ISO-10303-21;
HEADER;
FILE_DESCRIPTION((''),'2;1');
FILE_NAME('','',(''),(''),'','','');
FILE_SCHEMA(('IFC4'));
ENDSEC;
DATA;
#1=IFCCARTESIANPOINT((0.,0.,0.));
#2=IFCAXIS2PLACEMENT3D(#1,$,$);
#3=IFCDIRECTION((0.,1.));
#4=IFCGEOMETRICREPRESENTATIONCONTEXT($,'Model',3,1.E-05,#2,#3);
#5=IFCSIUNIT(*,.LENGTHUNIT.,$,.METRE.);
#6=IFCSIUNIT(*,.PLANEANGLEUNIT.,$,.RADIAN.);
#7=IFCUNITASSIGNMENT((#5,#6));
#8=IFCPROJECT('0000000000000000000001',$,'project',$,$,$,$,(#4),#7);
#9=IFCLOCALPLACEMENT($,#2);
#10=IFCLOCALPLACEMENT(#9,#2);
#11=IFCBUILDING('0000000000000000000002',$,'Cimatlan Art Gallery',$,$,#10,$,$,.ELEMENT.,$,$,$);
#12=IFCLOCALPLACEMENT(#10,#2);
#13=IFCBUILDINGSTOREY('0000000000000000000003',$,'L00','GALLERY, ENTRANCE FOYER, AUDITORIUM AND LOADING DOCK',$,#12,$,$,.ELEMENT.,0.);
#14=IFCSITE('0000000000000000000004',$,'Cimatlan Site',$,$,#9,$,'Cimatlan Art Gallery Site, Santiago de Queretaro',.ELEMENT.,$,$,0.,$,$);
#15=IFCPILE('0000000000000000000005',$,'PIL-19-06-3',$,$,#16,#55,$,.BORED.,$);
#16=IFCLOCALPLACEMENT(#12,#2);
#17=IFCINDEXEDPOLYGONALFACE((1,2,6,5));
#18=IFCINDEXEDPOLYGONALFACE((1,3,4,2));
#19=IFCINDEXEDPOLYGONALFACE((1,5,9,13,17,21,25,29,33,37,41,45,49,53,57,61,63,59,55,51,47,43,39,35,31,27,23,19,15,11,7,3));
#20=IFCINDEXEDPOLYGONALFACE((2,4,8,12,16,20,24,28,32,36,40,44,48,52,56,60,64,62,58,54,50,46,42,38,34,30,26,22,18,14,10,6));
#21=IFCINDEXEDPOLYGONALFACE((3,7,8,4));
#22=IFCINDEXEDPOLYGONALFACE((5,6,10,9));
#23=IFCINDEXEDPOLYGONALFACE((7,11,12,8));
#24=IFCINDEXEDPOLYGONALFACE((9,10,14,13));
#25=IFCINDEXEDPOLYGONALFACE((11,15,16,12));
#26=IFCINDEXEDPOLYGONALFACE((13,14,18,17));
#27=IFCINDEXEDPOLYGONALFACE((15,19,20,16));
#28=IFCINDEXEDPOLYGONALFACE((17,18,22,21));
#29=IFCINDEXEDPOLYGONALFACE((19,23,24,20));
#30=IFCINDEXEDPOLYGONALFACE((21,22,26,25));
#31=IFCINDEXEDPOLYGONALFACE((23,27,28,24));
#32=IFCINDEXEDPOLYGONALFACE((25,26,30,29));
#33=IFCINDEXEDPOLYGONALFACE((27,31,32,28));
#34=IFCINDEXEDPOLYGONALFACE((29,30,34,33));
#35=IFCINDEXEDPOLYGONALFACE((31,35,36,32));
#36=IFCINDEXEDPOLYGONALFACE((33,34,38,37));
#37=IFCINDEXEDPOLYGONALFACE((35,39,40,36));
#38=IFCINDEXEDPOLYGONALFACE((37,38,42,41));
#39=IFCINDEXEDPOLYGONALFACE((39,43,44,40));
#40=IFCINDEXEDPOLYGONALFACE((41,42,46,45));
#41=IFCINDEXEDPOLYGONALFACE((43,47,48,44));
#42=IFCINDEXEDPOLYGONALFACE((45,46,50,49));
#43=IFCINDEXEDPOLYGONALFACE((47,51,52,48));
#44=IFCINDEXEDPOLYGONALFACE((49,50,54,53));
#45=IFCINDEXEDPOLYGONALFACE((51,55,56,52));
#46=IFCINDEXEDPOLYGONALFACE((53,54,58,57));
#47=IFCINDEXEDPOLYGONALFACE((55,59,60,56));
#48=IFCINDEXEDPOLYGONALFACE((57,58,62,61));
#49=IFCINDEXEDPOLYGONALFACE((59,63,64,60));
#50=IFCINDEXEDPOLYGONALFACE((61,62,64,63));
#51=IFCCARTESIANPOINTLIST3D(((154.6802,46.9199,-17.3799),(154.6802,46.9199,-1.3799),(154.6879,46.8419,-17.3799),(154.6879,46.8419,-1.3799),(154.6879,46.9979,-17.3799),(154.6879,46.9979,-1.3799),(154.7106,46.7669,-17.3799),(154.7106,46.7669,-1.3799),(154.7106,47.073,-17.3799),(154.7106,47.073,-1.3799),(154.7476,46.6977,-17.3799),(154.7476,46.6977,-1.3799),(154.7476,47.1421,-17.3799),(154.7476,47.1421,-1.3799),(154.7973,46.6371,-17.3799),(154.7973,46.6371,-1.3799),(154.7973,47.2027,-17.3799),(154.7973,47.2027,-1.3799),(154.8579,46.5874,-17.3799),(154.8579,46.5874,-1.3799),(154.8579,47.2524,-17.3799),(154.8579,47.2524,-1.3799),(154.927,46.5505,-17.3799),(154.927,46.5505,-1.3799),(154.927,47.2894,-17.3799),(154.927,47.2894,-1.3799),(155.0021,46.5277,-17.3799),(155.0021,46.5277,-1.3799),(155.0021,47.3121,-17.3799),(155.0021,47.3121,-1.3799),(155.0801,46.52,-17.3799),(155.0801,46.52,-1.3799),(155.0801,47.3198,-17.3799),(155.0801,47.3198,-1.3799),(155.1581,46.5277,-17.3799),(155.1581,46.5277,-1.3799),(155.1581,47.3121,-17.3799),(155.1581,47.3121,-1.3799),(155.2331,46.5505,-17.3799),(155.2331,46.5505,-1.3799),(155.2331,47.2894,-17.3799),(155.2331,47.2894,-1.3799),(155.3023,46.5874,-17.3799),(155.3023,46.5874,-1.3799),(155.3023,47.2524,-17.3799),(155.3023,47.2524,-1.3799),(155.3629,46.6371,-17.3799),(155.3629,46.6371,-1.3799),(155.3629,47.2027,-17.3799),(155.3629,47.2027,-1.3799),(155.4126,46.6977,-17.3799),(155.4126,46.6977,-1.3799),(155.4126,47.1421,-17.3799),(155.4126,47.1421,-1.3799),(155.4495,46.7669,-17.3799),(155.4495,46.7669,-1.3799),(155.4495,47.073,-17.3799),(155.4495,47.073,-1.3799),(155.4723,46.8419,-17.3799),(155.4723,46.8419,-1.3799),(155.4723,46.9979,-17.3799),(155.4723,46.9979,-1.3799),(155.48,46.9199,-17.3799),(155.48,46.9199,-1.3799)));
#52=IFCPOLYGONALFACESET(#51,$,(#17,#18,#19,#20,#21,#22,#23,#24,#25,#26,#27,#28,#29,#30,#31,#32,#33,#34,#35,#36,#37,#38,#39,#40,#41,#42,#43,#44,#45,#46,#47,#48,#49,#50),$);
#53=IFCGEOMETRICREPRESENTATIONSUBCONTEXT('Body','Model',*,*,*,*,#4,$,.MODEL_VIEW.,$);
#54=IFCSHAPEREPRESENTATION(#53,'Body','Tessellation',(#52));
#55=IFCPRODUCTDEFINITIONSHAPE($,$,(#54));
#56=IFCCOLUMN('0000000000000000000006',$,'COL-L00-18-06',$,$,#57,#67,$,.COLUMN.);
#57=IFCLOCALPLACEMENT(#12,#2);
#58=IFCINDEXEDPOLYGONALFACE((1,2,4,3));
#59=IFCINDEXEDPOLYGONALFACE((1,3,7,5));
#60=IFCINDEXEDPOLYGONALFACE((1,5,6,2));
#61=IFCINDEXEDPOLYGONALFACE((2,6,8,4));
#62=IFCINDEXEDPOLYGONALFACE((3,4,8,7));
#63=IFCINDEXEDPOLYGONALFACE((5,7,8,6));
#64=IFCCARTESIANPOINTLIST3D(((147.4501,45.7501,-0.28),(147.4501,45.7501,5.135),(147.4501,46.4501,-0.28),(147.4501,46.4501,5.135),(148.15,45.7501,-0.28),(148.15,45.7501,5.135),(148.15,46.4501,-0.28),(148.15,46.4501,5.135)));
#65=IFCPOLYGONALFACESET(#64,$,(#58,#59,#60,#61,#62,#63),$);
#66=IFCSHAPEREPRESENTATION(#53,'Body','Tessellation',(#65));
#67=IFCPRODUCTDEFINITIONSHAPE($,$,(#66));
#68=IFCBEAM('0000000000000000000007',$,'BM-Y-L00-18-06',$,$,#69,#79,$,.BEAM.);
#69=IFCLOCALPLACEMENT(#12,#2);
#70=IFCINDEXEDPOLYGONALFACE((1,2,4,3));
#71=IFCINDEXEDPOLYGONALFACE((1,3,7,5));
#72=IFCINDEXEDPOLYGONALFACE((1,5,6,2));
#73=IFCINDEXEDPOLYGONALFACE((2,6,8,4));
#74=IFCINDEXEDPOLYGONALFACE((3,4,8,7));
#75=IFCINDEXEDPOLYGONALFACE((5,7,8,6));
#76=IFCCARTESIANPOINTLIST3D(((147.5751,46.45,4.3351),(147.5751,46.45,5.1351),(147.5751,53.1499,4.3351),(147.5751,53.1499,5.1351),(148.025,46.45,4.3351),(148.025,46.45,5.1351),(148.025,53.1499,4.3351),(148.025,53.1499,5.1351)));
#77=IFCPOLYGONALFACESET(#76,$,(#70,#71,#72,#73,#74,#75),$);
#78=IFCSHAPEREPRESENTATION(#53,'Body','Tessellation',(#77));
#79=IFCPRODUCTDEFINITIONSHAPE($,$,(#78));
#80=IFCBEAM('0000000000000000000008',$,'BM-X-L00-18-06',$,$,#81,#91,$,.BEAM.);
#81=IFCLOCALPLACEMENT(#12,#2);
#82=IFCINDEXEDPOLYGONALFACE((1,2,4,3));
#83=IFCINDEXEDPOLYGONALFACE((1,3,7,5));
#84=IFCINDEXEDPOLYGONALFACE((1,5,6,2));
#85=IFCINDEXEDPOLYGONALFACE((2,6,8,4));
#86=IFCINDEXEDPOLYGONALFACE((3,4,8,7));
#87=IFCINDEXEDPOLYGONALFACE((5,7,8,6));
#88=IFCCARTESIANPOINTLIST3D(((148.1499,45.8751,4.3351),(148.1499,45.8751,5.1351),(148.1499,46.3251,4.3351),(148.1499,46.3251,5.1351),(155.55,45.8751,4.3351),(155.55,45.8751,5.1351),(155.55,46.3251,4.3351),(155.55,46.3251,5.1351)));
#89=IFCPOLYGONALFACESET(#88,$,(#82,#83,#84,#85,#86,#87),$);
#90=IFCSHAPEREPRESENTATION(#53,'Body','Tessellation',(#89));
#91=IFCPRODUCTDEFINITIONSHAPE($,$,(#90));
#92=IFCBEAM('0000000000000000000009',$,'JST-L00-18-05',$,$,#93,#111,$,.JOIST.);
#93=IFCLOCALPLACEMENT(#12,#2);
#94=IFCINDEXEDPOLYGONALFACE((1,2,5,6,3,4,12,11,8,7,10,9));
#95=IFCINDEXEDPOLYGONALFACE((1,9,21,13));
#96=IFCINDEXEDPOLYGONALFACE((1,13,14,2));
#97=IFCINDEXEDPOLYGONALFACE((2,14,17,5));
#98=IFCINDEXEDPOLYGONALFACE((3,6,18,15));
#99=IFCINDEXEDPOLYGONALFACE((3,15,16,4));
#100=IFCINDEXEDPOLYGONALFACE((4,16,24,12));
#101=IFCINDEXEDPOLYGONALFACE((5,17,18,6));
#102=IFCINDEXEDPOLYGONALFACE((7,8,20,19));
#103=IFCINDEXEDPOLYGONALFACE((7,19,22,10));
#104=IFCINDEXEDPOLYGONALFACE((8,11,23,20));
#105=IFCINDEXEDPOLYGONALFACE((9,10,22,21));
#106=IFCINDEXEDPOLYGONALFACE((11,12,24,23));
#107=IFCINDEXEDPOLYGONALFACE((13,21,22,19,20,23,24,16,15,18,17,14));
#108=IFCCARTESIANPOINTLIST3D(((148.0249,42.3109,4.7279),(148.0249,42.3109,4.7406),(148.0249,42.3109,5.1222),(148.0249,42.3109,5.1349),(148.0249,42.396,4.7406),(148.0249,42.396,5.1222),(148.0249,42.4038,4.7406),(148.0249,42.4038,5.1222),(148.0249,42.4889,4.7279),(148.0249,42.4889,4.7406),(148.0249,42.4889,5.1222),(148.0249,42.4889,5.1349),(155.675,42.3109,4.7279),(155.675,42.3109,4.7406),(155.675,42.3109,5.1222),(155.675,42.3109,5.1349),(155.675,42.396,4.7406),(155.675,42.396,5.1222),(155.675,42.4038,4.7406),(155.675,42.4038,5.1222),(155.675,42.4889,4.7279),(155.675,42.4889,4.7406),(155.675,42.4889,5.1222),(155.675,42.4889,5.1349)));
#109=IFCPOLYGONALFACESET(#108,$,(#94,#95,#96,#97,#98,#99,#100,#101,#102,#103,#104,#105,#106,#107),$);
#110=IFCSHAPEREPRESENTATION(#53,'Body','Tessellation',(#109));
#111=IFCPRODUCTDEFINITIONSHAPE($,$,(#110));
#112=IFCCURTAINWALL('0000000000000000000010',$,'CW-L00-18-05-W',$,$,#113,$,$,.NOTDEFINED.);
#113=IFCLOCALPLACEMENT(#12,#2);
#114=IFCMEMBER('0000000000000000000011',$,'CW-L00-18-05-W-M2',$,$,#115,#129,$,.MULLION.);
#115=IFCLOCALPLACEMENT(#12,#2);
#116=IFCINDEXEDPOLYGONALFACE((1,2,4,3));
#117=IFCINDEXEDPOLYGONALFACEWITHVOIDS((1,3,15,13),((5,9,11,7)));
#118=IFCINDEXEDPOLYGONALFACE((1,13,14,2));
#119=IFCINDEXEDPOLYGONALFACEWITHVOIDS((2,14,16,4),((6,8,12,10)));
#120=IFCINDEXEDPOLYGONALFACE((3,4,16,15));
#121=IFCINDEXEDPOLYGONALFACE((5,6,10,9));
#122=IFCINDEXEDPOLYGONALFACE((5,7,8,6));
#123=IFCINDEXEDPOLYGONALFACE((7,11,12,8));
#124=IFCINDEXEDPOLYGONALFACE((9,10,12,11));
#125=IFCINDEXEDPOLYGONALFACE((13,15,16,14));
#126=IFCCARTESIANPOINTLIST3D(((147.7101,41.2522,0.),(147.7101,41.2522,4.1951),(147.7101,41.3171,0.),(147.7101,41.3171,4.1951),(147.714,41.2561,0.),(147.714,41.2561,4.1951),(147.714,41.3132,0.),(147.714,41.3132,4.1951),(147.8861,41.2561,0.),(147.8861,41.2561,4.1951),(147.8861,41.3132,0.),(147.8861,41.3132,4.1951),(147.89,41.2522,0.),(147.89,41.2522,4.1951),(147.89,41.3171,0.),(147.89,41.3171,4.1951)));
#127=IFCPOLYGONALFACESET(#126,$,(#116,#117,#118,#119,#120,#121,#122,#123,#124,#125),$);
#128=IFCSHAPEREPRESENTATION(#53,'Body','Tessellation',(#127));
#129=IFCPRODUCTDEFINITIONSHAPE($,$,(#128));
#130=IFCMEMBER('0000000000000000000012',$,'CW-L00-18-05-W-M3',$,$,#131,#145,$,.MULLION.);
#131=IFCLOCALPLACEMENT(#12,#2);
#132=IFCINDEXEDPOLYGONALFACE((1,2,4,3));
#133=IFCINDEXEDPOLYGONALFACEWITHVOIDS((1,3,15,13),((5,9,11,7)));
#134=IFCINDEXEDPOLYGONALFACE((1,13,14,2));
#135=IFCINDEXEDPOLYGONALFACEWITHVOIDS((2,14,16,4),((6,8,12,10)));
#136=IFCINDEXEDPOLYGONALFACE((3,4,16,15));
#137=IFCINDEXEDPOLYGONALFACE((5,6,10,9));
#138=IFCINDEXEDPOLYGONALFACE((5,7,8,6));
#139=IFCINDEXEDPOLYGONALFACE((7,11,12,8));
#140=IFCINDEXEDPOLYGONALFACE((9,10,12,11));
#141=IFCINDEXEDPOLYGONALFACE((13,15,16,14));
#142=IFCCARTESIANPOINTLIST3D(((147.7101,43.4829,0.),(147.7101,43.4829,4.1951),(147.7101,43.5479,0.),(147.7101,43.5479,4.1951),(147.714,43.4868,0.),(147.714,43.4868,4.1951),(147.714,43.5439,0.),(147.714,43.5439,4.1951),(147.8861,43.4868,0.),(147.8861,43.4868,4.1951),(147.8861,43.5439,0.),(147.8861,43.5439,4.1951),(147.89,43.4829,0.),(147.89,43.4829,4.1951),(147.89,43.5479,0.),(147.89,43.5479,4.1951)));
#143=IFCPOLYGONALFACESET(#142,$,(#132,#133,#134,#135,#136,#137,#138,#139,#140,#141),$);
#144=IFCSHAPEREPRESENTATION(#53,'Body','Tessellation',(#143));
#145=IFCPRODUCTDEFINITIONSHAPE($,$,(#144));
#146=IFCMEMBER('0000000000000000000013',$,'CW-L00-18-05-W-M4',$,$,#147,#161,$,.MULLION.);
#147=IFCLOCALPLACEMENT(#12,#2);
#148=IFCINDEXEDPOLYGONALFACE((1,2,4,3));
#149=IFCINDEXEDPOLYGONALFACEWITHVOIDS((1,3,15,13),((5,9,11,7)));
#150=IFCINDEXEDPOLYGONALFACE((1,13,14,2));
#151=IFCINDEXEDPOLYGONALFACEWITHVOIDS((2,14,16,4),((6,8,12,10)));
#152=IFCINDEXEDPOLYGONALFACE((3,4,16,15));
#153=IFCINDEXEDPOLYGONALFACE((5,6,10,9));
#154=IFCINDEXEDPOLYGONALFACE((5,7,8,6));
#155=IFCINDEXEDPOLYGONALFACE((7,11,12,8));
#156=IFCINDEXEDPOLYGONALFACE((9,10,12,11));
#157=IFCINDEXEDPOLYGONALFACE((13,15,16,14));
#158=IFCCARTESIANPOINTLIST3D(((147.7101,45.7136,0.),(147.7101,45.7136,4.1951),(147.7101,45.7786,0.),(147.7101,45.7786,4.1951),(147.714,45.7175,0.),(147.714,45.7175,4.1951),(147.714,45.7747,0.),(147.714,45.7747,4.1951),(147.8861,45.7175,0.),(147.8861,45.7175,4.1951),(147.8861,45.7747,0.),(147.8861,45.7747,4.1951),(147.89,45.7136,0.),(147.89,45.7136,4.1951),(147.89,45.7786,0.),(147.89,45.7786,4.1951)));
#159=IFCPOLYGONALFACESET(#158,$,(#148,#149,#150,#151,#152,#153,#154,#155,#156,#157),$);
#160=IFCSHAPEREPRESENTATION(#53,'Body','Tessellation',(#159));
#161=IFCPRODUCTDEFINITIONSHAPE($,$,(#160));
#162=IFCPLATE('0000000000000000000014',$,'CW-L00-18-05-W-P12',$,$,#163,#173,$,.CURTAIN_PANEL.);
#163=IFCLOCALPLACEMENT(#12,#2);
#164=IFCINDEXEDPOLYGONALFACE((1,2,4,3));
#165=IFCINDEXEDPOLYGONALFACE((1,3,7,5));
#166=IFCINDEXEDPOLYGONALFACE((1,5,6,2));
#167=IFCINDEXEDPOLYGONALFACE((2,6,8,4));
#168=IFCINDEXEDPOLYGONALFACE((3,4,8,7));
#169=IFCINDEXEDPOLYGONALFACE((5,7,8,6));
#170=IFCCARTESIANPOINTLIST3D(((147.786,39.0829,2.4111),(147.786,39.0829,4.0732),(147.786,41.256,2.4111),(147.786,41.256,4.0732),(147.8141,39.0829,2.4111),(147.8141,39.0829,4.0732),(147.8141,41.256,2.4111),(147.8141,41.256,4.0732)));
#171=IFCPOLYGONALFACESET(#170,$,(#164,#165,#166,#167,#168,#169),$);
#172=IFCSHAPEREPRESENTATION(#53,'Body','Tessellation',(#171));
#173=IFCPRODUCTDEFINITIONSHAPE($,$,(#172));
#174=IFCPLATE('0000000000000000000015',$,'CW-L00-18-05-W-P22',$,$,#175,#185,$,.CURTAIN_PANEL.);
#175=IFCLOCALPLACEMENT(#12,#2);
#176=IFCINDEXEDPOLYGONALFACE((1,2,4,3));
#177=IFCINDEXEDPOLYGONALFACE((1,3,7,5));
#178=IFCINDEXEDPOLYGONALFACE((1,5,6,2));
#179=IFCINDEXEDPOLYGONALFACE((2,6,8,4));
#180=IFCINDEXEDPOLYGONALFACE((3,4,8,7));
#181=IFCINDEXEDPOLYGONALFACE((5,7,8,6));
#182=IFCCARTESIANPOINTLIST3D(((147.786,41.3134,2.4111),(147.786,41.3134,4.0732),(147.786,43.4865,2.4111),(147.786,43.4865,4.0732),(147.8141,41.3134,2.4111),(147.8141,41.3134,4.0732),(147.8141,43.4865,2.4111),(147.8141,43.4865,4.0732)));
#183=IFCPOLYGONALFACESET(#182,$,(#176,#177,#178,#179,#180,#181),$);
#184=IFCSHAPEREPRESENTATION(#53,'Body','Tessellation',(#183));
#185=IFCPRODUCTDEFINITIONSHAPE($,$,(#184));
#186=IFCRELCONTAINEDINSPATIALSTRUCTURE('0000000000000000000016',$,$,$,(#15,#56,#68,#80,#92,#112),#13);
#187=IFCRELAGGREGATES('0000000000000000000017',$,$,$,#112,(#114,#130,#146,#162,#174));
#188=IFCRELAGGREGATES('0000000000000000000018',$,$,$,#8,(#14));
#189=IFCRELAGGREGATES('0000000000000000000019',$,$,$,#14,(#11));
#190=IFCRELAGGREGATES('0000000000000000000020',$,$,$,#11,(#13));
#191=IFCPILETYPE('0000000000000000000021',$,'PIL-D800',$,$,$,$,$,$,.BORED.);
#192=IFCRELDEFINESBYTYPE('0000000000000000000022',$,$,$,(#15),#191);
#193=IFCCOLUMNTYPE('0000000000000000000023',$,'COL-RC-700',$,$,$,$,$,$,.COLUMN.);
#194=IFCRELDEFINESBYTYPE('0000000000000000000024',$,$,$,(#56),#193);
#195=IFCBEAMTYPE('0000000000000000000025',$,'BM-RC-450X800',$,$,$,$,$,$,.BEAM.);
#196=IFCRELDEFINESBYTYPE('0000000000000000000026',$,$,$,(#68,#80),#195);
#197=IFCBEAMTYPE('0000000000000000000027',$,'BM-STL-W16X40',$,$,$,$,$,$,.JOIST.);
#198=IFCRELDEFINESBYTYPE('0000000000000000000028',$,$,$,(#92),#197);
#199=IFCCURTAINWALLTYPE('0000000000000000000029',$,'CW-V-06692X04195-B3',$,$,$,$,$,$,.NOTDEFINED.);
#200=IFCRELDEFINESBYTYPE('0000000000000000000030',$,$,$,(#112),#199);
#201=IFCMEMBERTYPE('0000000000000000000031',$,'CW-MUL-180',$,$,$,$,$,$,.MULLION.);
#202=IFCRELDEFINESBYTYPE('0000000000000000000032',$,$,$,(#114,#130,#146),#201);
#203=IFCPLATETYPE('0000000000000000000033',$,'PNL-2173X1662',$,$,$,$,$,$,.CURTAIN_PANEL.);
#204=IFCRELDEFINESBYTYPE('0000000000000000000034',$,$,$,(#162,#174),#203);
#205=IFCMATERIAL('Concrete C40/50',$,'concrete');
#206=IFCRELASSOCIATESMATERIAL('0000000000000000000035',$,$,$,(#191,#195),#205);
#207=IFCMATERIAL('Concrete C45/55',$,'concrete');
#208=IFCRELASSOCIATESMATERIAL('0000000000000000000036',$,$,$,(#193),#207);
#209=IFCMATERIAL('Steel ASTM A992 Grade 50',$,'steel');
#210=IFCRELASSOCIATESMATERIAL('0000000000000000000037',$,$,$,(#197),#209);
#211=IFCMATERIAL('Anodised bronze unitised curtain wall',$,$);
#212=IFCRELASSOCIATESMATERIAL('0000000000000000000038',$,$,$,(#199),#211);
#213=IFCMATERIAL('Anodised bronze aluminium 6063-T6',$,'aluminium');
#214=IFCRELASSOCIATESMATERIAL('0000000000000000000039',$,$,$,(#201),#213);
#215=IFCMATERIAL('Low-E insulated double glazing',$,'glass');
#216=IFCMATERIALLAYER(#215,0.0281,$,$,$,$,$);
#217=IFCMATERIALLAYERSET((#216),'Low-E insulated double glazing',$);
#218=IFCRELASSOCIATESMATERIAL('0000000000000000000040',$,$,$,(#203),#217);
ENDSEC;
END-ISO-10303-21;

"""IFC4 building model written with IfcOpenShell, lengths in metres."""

from ifc_helpers import new_model, si_unit, direction, frame, origin, origin_2d, place, context, subcontext, project, spatial, rectangle, hollow_rectangle, circle, i_section, extrude, material, layer, layer_set, material_profile, profile_set, type_object, element, aggregate, save


model = new_model("IFC4")

# Units and contexts
model_context = context("Model", 3, precision=1e-05, world=origin(), true_north=direction((0.0, 1.0)))
body_context = subcontext(model_context, "Body", "Model", "MODEL_VIEW")
ifc_project = project(units=[si_unit("LENGTHUNIT", "METRE"), si_unit("PLANEANGLEUNIT", "RADIAN")], contexts=[model_context])

# Site, building, storey
site_placement = place(None, origin())
site = spatial("IfcSite", under=ifc_project, at=site_placement, Name="Cimatlan Site", LongName="Cimatlan Art Gallery Site, Santiago de Queretaro", CompositionType="ELEMENT", RefElevation=0.0)
building_placement = place(site_placement, origin())
building = spatial("IfcBuilding", under=site, at=building_placement, Name="Cimatlan Art Gallery", CompositionType="ELEMENT")
storey_placement = place(building_placement, origin())
storey = spatial("IfcBuildingStorey", under=building, at=storey_placement, Name="L00", Description="GALLERY, ENTRANCE FOYER, AUDITORIUM AND LOADING DOCK", CompositionType="ELEMENT", Elevation=0.0)

# Shared definitions
ifc_material_1 = material(Name="Concrete C40/50", Category="concrete")

# Pile
pile_type = type_object("IfcPileType", Name="PIL-D800", PredefinedType="BORED", material=ifc_material_1)
for number, where, z_axis, x_axis, name in (
    (1, (155.0801, 46.9199, -1.3799), (0.0, 0.0, -1.0), (1.0, 0.0, 0.0), "PIL-19-06-3"),
):
    element("IfcPile", number, at=place(storey_placement, frame(where, z_axis=z_axis, x_axis=x_axis)), inside=storey, type_object=pile_type, Name=name, PredefinedType="BORED", context=body_context, shape_type="SweptSolid", body=[
        extrude(circle(Radius=0.3999, at=origin_2d()), origin(), (0.0, 0.0, 1.0), 16.0),
    ])

# Column
ifc_material_2 = material(Name="Concrete C45/55", Category="concrete")
ifc_material_profile_1 = material_profile(ifc_material_2, rectangle(XDim=0.7, YDim=0.7, at=origin_2d()), Name="RC700X700")
ifc_profile_set_1 = profile_set([ifc_material_profile_1], Name="Concrete C45/55")
column_type = type_object("IfcColumnType", Name="COL-RC-700", PredefinedType="COLUMN", material=ifc_profile_set_1)
column_placement = place(storey_placement, frame((147.8, 46.1001, -0.28), z_axis=(0.0, 0.0, 1.0), x_axis=(1.0, 0.0, 0.0)))
element("IfcColumn", 2, at=column_placement, inside=storey, type_object=column_type, Name="COL-L00-18-06", PredefinedType="COLUMN", context=body_context, shape_type="SweptSolid", body=[
    extrude(rectangle(XDim=0.7, YDim=0.7, at=origin_2d()), origin(), (0.0, 0.0, 1.0), 5.415),
])

# Beams
ifc_material_profile_2 = material_profile(ifc_material_1, rectangle(XDim=0.45, YDim=0.8, at=origin_2d()), Name="RC450X800")
ifc_profile_set_2 = profile_set([ifc_material_profile_2], Name="Concrete C40/50")
beam_type_1 = type_object("IfcBeamType", Name="BM-RC-450X800", PredefinedType="BEAM", material=ifc_profile_set_2)
beam_1_placement = place(storey_placement, frame((147.8, 46.45, 4.7351), z_axis=(0.0, 1.0, 0.0), x_axis=(-1.0, 0.0, 0.0)))
element("IfcBeam", 3, at=beam_1_placement, inside=storey, type_object=beam_type_1, Name="BM-Y-L00-18-06", PredefinedType="BEAM", context=body_context, shape_type="SweptSolid", body=[
    extrude(rectangle(XDim=0.45, YDim=0.8, at=origin_2d()), origin(), (0.0, 0.0, 1.0), 6.7),
])
beam_2_placement = place(storey_placement, frame((148.1499, 46.1001, 4.7351), z_axis=(1.0, 0.0, 0.0), x_axis=(0.0, 1.0, 0.0)))
element("IfcBeam", 4, at=beam_2_placement, inside=storey, type_object=beam_type_1, Name="BM-X-L00-18-06", PredefinedType="BEAM", context=body_context, shape_type="SweptSolid", body=[
    extrude(rectangle(XDim=0.45, YDim=0.8, at=origin_2d()), origin(), (0.0, 0.0, 1.0), 7.4001),
])
ifc_material_3 = material(Name="Steel ASTM A992 Grade 50", Category="steel")
ifc_material_profile_3 = material_profile(ifc_material_3, i_section(OverallWidth=0.178, OverallDepth=0.407, WebThickness=0.0078, FlangeThickness=0.0127, at=origin_2d()), Name="W16X40")
ifc_profile_set_3 = profile_set([ifc_material_profile_3], Name="Steel ASTM A992 Grade 50")
beam_type_2 = type_object("IfcBeamType", Name="BM-STL-W16X40", PredefinedType="JOIST", material=ifc_profile_set_3)
beam_3_placement = place(storey_placement, frame((148.0249, 42.3999, 4.9314), z_axis=(1.0, 0.0, 0.0), x_axis=(0.0, 1.0, 0.0)))
element("IfcBeam", 5, at=beam_3_placement, inside=storey, type_object=beam_type_2, Name="JST-L00-18-05", PredefinedType="JOIST", context=body_context, shape_type="SweptSolid", body=[
    extrude(i_section(OverallWidth=0.178, OverallDepth=0.407, WebThickness=0.0078, FlangeThickness=0.0127, at=origin_2d()), origin(), (0.0, 0.0, 1.0), 7.6501),
])

# Curtain wall, members, plates
ifc_material_4 = material(Name="Anodised bronze unitised curtain wall")
curtain_wall_type = type_object("IfcCurtainWallType", Name="CW-V-06692X04195-B3", PredefinedType="NOTDEFINED", material=ifc_material_4)
curtain_wall_placement = place(storey_placement, origin())
curtain_wall = element("IfcCurtainWall", 6, at=curtain_wall_placement, inside=storey, type_object=curtain_wall_type, Name="CW-L00-18-05-W", PredefinedType="NOTDEFINED")
ifc_material_5 = material(Name="Anodised bronze aluminium 6063-T6", Category="aluminium")
ifc_material_profile_4 = material_profile(ifc_material_5, hollow_rectangle(XDim=0.0649, YDim=0.1799, WallThickness=0.0039, at=origin_2d()), Name="ALU65X180X4")
ifc_profile_set_4 = profile_set([ifc_material_profile_4], Name="Anodised bronze aluminium 6063-T6")
member_type = type_object("IfcMemberType", Name="CW-MUL-180", PredefinedType="MULLION", material=ifc_profile_set_4)
member_1_placement = place(storey_placement, frame((147.8, 41.2847, 0.0), z_axis=(0.0, 0.0, 1.0), x_axis=(0.0, 1.0, 0.0)))
member_1 = element("IfcMember", 7, at=member_1_placement, type_object=member_type, Name="CW-L00-18-05-W-M2", PredefinedType="MULLION", context=body_context, shape_type="SweptSolid", body=[
    extrude(hollow_rectangle(XDim=0.0649, YDim=0.1799, WallThickness=0.0039, at=origin_2d()), origin(), (0.0, 0.0, 1.0), 4.1951),
])
member_2_placement = place(storey_placement, frame((147.8, 43.5154, 0.0), z_axis=(0.0, 0.0, 1.0), x_axis=(0.0, 1.0, 0.0)))
member_2 = element("IfcMember", 8, at=member_2_placement, type_object=member_type, Name="CW-L00-18-05-W-M3", PredefinedType="MULLION", context=body_context, shape_type="SweptSolid", body=[
    extrude(hollow_rectangle(XDim=0.0649, YDim=0.1799, WallThickness=0.0039, at=origin_2d()), origin(), (0.0, 0.0, 1.0), 4.1951),
])
member_3_placement = place(storey_placement, frame((147.8, 45.7461, 0.0), z_axis=(0.0, 0.0, 1.0), x_axis=(0.0, 1.0, 0.0)))
member_3 = element("IfcMember", 9, at=member_3_placement, type_object=member_type, Name="CW-L00-18-05-W-M4", PredefinedType="MULLION", context=body_context, shape_type="SweptSolid", body=[
    extrude(hollow_rectangle(XDim=0.0649, YDim=0.1799, WallThickness=0.0039, at=origin_2d()), origin(), (0.0, 0.0, 1.0), 4.1951),
])
ifc_material_6 = material(Name="Low-E insulated double glazing", Category="glass")
ifc_layer_1 = layer(ifc_material_6, 0.0281)
ifc_layer_set_1 = layer_set([ifc_layer_1], Name="Low-E insulated double glazing")
plate_type_1 = type_object("IfcPlateType", Name="PNL-2173X1662", PredefinedType="CURTAIN_PANEL", material=ifc_layer_set_1)
plate_1_placement = place(storey_placement, frame((147.8, 40.1694, 2.4111), z_axis=(0.0, 0.0, 1.0), x_axis=(0.0, 1.0, 0.0)))
plate_1 = element("IfcPlate", 10, at=plate_1_placement, type_object=plate_type_1, Name="CW-L00-18-05-W-P12", PredefinedType="CURTAIN_PANEL", context=body_context, shape_type="SweptSolid", body=[
    extrude(rectangle(XDim=2.1731, YDim=0.0281, at=origin_2d()), origin(), (0.0, 0.0, 1.0), 1.6621),
])
plate_2_placement = place(storey_placement, frame((147.8, 42.3999, 2.4111), z_axis=(0.0, 0.0, 1.0), x_axis=(0.0, 1.0, 0.0)))
plate_2 = element("IfcPlate", 11, at=plate_2_placement, type_object=plate_type_1, Name="CW-L00-18-05-W-P22", PredefinedType="CURTAIN_PANEL", context=body_context, shape_type="SweptSolid", body=[
    extrude(rectangle(XDim=2.1731, YDim=0.0281, at=origin_2d()), origin(), (0.0, 0.0, 1.0), 1.6621),
])
aggregate(curtain_wall, [member_1, member_2, member_3, plate_1, plate_2])

save(model, "model.ifc")
